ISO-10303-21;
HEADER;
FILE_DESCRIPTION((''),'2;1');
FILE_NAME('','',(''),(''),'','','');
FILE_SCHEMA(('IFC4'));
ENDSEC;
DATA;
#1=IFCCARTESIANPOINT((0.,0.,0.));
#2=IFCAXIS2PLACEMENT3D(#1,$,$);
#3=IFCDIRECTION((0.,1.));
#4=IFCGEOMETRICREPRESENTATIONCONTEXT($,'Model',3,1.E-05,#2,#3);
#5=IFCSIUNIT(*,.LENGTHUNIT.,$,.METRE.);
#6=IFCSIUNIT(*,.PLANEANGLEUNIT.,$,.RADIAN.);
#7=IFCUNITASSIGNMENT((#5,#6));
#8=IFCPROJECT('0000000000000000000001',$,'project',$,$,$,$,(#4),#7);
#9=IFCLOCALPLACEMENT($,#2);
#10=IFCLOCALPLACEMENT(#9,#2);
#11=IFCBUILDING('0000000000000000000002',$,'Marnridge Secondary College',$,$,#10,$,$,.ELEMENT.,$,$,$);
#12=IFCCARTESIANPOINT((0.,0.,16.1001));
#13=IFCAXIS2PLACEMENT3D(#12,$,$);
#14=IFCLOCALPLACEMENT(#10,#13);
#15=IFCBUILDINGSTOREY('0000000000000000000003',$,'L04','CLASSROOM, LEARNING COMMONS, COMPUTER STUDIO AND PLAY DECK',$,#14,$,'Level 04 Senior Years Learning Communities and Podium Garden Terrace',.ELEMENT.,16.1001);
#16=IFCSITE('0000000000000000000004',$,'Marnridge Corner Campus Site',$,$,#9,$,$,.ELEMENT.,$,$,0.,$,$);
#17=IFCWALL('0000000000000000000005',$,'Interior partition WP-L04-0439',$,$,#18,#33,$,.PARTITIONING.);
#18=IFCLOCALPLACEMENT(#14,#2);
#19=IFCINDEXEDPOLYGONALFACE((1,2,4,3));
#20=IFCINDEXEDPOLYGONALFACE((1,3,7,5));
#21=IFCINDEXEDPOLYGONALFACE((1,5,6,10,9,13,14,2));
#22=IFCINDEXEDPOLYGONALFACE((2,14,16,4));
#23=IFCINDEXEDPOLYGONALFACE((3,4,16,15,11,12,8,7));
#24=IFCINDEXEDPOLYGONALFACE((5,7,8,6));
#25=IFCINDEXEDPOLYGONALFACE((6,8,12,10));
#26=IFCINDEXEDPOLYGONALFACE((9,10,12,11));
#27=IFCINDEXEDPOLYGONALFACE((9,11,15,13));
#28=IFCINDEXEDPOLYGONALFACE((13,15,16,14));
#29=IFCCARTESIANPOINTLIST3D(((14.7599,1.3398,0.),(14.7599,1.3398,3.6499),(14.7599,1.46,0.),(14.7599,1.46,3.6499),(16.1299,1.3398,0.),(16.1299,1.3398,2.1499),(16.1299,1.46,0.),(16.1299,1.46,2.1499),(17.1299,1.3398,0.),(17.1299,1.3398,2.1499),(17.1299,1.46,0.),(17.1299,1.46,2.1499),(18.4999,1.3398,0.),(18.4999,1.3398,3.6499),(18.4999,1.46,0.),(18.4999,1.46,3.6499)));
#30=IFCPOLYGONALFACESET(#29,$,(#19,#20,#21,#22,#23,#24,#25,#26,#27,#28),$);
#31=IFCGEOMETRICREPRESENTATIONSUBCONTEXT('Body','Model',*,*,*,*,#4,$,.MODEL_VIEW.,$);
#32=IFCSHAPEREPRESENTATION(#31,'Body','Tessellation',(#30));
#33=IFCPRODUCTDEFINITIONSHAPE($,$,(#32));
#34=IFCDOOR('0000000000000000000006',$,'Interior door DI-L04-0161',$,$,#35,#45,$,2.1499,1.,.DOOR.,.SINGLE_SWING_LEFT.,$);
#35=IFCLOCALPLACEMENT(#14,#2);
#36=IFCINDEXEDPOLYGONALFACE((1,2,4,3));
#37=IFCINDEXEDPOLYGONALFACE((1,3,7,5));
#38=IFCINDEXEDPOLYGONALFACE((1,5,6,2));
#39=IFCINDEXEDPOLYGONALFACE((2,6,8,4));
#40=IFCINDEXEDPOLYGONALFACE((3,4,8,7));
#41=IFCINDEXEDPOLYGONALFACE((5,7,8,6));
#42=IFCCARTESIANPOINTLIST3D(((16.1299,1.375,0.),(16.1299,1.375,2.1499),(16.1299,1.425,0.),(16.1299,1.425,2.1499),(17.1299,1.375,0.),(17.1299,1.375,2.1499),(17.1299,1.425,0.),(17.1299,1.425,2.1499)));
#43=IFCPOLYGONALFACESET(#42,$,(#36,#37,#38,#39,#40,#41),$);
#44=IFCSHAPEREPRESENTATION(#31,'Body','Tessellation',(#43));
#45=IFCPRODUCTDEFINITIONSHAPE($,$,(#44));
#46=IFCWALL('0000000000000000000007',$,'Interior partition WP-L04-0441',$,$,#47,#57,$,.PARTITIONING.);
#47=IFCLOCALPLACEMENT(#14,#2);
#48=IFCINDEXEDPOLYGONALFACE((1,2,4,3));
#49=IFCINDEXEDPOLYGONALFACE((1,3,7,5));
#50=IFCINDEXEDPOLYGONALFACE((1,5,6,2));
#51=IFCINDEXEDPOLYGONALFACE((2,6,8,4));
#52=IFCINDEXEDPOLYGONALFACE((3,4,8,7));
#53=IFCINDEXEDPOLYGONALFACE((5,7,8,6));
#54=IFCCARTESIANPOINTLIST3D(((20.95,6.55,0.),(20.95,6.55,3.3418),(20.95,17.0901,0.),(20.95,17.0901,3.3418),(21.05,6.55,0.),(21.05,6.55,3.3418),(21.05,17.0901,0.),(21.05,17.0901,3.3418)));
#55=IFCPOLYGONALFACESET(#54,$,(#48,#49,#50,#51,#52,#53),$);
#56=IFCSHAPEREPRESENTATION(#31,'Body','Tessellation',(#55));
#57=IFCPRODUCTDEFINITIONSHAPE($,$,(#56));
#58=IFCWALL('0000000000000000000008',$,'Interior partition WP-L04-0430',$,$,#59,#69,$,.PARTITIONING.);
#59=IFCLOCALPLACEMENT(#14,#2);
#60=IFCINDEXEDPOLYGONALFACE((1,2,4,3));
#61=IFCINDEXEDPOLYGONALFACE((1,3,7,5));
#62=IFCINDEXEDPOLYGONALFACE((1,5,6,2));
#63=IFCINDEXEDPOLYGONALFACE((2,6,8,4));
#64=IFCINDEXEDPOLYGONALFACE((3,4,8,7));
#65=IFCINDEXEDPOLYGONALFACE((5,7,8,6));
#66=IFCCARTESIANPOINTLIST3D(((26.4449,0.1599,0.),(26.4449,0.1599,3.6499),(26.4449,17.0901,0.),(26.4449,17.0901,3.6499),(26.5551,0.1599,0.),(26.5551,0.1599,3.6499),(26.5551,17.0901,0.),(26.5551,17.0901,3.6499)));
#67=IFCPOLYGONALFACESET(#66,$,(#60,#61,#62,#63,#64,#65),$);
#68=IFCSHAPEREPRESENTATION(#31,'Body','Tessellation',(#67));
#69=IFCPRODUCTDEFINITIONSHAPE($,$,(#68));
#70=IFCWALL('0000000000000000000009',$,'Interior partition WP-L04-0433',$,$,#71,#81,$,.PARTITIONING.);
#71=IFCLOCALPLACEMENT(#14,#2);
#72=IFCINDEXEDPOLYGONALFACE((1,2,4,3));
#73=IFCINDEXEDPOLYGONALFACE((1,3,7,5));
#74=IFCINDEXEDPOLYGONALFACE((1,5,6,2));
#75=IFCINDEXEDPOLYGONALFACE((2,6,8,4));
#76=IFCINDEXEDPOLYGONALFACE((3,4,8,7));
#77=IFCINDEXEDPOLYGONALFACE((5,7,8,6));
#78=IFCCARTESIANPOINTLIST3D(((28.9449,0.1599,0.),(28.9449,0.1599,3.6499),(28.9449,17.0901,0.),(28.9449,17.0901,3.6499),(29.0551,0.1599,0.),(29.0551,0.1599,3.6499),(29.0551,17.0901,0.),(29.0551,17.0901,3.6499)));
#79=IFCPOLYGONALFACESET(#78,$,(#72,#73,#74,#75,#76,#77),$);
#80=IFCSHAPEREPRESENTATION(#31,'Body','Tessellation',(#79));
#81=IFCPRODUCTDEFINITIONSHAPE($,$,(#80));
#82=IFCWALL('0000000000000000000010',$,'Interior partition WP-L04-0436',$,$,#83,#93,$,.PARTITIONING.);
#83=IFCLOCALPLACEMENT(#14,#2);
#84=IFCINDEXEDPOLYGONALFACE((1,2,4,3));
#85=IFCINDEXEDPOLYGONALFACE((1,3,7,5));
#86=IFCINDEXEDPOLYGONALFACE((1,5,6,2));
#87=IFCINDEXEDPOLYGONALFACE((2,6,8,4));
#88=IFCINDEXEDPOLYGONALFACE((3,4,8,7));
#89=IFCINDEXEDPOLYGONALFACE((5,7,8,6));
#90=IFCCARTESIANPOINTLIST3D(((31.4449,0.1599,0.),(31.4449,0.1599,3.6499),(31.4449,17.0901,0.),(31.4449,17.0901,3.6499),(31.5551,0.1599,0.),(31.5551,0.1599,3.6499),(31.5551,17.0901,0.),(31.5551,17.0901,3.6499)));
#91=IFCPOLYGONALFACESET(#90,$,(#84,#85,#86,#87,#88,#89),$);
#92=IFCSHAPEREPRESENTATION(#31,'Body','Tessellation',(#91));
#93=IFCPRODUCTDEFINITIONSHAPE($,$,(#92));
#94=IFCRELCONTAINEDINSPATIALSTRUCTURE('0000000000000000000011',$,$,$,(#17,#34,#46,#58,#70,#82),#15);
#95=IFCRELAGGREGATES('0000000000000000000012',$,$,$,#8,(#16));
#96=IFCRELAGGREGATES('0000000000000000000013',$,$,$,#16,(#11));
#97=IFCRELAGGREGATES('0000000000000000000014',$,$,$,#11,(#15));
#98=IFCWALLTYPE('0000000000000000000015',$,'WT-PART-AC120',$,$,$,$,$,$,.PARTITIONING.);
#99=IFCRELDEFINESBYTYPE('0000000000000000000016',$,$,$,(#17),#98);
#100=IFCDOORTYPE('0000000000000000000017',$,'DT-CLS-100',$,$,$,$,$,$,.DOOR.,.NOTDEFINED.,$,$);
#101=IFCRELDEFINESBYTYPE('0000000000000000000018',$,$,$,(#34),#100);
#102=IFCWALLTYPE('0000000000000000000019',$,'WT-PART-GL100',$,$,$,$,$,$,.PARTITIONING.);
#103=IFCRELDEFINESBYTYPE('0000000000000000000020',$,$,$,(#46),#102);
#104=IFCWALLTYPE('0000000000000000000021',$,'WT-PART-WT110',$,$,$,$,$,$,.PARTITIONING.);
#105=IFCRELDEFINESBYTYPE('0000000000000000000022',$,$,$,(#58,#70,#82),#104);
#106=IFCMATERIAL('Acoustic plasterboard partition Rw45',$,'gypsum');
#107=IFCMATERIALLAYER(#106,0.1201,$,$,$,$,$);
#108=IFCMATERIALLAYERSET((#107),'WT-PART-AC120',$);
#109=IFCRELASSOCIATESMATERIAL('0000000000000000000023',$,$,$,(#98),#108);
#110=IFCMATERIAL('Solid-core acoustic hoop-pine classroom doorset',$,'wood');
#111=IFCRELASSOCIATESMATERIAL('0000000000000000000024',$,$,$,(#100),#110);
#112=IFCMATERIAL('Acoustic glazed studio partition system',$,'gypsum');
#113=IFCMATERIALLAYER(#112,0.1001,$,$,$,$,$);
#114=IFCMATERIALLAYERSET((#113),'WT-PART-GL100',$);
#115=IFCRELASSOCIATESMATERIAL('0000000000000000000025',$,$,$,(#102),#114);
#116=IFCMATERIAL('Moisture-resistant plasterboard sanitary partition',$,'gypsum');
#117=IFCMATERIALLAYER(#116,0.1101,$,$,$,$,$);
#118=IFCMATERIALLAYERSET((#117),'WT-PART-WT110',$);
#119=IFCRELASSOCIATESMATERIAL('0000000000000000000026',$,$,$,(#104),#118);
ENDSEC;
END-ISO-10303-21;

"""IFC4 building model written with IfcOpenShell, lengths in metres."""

from ifc_helpers import new_model, si_unit, direction, frame, frame_2d, origin, place, context, subcontext, project, spatial, rectangle, extrude, material, layer, layer_set, type_object, element, fill, save


model = new_model("IFC4")

# Units and contexts
model_context = context("Model", 3, precision=1e-05, world=origin(), true_north=direction((0.0, 1.0)))
body_context = subcontext(model_context, "Body", "Model", "MODEL_VIEW")
ifc_project = project(units=[si_unit("LENGTHUNIT", "METRE"), si_unit("PLANEANGLEUNIT", "RADIAN")], contexts=[model_context])

# Site, building, storey
site_placement = place(None, origin())
site = spatial("IfcSite", under=ifc_project, at=site_placement, Name="Marnridge Corner Campus Site", CompositionType="ELEMENT", RefElevation=0.0)
building_placement = place(site_placement, origin())
building = spatial("IfcBuilding", under=site, at=building_placement, Name="Marnridge Secondary College", CompositionType="ELEMENT")
storey_placement = place(building_placement, frame((0.0, 0.0, 16.1001)))
storey = spatial("IfcBuildingStorey", under=building, at=storey_placement, Name="L04", Description="CLASSROOM, LEARNING COMMONS, COMPUTER STUDIO AND PLAY DECK", LongName="Level 04 Senior Years Learning Communities and Podium Garden Terrace", CompositionType="ELEMENT", Elevation=16.1001)

# Wall, opening, door
ifc_material_1 = material(Name="Acoustic plasterboard partition Rw45", Category="gypsum")
ifc_layer_1 = layer(ifc_material_1, 0.1201)
ifc_layer_set_1 = layer_set([ifc_layer_1], Name="WT-PART-AC120")
wall_type_1 = type_object("IfcWallType", Name="WT-PART-AC120", PredefinedType="PARTITIONING", material=ifc_layer_set_1)
wall_1_placement = place(storey_placement, frame((18.5, 1.3999, 0.0), z_axis=(0.0, 0.0, 1.0), x_axis=(-1.0, 0.0, 0.0)))
wall_1 = element("IfcWall", 1, at=wall_1_placement, inside=storey, type_object=wall_type_1, Name="Interior partition WP-L04-0439", PredefinedType="PARTITIONING", context=body_context, shape_type="SweptSolid", body=[
    extrude(rectangle(XDim=3.74, YDim=0.1201, at=frame_2d((1.8701, 0.0))), origin(), (0.0, 0.0, 1.0), 3.6499),
])
opening_1_placement = place(wall_1_placement, frame((1.3701, 0.0, 0.0)))
opening_1 = element("IfcOpeningElement", 2, at=opening_1_placement, cuts=wall_1, PredefinedType="OPENING", context=body_context, shape_type="SweptSolid", body=[
    extrude(rectangle(XDim=1.0, YDim=2.1499, at=frame_2d((0.5, 1.075))), frame((0.0, 0.0701, 0.0), z_axis=(0.0, -1.0, 0.0), x_axis=(1.0, 0.0, 0.0)), (0.0, 0.0, 1.0), 0.1401),
])
ifc_material_2 = material(Name="Solid-core acoustic hoop-pine classroom doorset", Category="wood")
door_type_1 = type_object("IfcDoorType", Name="DT-CLS-100", OperationType="NOTDEFINED", PredefinedType="DOOR", material=ifc_material_2)
door_1_placement = place(opening_1_placement, origin())
door_1 = element("IfcDoor", 3, at=door_1_placement, inside=storey, type_object=door_type_1, Name="Interior door DI-L04-0161", OperationType="SINGLE_SWING_LEFT", OverallHeight=2.1499, OverallWidth=1.0, PredefinedType="DOOR", context=body_context, shape_type="SweptSolid", body=[
    extrude(rectangle(XDim=1.0, YDim=2.1499, at=frame_2d((0.5, 1.075))), frame((0.0, 0.0249, 0.0), z_axis=(0.0, -1.0, 0.0), x_axis=(1.0, 0.0, 0.0)), (0.0, 0.0, 1.0), 0.05),
])
fill(opening_1, door_1)

# Walls
ifc_material_3 = material(Name="Acoustic glazed studio partition system", Category="gypsum")
ifc_layer_2 = layer(ifc_material_3, 0.1001)
ifc_layer_set_2 = layer_set([ifc_layer_2], Name="WT-PART-GL100")
wall_type_2 = type_object("IfcWallType", Name="WT-PART-GL100", PredefinedType="PARTITIONING", material=ifc_layer_set_2)
wall_2_placement = place(storey_placement, frame((21.0, 6.55, 0.0), z_axis=(0.0, 0.0, 1.0), x_axis=(0.0, 1.0, 0.0)))
element("IfcWall", 4, at=wall_2_placement, inside=storey, type_object=wall_type_2, Name="Interior partition WP-L04-0441", PredefinedType="PARTITIONING", context=body_context, shape_type="SweptSolid", body=[
    extrude(rectangle(XDim=10.54, YDim=0.1001, at=frame_2d((5.27, 0.0))), origin(), (0.0, 0.0, 1.0), 3.3418),
])
ifc_material_4 = material(Name="Moisture-resistant plasterboard sanitary partition", Category="gypsum")
ifc_layer_3 = layer(ifc_material_4, 0.1101)
ifc_layer_set_3 = layer_set([ifc_layer_3], Name="WT-PART-WT110")
wall_type_3 = type_object("IfcWallType", Name="WT-PART-WT110", PredefinedType="PARTITIONING", material=ifc_layer_set_3)
for number, where, z_axis, x_axis, name in (
    (5, (26.5, 0.1599, 0.0), (0.0, 0.0, 1.0), (0.0, 1.0, 0.0), "Interior partition WP-L04-0430"),
    (6, (29.0, 0.1599, 0.0), (0.0, 0.0, 1.0), (0.0, 1.0, 0.0), "Interior partition WP-L04-0433"),
    (7, (31.5, 0.1599, 0.0), (0.0, 0.0, 1.0), (0.0, 1.0, 0.0), "Interior partition WP-L04-0436"),
):
    element("IfcWall", number, at=place(storey_placement, frame(where, z_axis=z_axis, x_axis=x_axis)), inside=storey, type_object=wall_type_3, Name=name, PredefinedType="PARTITIONING", context=body_context, shape_type="SweptSolid", body=[
        extrude(rectangle(XDim=16.9302, YDim=0.1101, at=frame_2d((8.4651, 0.0))), origin(), (0.0, 0.0, 1.0), 3.6499),
    ])

save(model, "model.ifc")
